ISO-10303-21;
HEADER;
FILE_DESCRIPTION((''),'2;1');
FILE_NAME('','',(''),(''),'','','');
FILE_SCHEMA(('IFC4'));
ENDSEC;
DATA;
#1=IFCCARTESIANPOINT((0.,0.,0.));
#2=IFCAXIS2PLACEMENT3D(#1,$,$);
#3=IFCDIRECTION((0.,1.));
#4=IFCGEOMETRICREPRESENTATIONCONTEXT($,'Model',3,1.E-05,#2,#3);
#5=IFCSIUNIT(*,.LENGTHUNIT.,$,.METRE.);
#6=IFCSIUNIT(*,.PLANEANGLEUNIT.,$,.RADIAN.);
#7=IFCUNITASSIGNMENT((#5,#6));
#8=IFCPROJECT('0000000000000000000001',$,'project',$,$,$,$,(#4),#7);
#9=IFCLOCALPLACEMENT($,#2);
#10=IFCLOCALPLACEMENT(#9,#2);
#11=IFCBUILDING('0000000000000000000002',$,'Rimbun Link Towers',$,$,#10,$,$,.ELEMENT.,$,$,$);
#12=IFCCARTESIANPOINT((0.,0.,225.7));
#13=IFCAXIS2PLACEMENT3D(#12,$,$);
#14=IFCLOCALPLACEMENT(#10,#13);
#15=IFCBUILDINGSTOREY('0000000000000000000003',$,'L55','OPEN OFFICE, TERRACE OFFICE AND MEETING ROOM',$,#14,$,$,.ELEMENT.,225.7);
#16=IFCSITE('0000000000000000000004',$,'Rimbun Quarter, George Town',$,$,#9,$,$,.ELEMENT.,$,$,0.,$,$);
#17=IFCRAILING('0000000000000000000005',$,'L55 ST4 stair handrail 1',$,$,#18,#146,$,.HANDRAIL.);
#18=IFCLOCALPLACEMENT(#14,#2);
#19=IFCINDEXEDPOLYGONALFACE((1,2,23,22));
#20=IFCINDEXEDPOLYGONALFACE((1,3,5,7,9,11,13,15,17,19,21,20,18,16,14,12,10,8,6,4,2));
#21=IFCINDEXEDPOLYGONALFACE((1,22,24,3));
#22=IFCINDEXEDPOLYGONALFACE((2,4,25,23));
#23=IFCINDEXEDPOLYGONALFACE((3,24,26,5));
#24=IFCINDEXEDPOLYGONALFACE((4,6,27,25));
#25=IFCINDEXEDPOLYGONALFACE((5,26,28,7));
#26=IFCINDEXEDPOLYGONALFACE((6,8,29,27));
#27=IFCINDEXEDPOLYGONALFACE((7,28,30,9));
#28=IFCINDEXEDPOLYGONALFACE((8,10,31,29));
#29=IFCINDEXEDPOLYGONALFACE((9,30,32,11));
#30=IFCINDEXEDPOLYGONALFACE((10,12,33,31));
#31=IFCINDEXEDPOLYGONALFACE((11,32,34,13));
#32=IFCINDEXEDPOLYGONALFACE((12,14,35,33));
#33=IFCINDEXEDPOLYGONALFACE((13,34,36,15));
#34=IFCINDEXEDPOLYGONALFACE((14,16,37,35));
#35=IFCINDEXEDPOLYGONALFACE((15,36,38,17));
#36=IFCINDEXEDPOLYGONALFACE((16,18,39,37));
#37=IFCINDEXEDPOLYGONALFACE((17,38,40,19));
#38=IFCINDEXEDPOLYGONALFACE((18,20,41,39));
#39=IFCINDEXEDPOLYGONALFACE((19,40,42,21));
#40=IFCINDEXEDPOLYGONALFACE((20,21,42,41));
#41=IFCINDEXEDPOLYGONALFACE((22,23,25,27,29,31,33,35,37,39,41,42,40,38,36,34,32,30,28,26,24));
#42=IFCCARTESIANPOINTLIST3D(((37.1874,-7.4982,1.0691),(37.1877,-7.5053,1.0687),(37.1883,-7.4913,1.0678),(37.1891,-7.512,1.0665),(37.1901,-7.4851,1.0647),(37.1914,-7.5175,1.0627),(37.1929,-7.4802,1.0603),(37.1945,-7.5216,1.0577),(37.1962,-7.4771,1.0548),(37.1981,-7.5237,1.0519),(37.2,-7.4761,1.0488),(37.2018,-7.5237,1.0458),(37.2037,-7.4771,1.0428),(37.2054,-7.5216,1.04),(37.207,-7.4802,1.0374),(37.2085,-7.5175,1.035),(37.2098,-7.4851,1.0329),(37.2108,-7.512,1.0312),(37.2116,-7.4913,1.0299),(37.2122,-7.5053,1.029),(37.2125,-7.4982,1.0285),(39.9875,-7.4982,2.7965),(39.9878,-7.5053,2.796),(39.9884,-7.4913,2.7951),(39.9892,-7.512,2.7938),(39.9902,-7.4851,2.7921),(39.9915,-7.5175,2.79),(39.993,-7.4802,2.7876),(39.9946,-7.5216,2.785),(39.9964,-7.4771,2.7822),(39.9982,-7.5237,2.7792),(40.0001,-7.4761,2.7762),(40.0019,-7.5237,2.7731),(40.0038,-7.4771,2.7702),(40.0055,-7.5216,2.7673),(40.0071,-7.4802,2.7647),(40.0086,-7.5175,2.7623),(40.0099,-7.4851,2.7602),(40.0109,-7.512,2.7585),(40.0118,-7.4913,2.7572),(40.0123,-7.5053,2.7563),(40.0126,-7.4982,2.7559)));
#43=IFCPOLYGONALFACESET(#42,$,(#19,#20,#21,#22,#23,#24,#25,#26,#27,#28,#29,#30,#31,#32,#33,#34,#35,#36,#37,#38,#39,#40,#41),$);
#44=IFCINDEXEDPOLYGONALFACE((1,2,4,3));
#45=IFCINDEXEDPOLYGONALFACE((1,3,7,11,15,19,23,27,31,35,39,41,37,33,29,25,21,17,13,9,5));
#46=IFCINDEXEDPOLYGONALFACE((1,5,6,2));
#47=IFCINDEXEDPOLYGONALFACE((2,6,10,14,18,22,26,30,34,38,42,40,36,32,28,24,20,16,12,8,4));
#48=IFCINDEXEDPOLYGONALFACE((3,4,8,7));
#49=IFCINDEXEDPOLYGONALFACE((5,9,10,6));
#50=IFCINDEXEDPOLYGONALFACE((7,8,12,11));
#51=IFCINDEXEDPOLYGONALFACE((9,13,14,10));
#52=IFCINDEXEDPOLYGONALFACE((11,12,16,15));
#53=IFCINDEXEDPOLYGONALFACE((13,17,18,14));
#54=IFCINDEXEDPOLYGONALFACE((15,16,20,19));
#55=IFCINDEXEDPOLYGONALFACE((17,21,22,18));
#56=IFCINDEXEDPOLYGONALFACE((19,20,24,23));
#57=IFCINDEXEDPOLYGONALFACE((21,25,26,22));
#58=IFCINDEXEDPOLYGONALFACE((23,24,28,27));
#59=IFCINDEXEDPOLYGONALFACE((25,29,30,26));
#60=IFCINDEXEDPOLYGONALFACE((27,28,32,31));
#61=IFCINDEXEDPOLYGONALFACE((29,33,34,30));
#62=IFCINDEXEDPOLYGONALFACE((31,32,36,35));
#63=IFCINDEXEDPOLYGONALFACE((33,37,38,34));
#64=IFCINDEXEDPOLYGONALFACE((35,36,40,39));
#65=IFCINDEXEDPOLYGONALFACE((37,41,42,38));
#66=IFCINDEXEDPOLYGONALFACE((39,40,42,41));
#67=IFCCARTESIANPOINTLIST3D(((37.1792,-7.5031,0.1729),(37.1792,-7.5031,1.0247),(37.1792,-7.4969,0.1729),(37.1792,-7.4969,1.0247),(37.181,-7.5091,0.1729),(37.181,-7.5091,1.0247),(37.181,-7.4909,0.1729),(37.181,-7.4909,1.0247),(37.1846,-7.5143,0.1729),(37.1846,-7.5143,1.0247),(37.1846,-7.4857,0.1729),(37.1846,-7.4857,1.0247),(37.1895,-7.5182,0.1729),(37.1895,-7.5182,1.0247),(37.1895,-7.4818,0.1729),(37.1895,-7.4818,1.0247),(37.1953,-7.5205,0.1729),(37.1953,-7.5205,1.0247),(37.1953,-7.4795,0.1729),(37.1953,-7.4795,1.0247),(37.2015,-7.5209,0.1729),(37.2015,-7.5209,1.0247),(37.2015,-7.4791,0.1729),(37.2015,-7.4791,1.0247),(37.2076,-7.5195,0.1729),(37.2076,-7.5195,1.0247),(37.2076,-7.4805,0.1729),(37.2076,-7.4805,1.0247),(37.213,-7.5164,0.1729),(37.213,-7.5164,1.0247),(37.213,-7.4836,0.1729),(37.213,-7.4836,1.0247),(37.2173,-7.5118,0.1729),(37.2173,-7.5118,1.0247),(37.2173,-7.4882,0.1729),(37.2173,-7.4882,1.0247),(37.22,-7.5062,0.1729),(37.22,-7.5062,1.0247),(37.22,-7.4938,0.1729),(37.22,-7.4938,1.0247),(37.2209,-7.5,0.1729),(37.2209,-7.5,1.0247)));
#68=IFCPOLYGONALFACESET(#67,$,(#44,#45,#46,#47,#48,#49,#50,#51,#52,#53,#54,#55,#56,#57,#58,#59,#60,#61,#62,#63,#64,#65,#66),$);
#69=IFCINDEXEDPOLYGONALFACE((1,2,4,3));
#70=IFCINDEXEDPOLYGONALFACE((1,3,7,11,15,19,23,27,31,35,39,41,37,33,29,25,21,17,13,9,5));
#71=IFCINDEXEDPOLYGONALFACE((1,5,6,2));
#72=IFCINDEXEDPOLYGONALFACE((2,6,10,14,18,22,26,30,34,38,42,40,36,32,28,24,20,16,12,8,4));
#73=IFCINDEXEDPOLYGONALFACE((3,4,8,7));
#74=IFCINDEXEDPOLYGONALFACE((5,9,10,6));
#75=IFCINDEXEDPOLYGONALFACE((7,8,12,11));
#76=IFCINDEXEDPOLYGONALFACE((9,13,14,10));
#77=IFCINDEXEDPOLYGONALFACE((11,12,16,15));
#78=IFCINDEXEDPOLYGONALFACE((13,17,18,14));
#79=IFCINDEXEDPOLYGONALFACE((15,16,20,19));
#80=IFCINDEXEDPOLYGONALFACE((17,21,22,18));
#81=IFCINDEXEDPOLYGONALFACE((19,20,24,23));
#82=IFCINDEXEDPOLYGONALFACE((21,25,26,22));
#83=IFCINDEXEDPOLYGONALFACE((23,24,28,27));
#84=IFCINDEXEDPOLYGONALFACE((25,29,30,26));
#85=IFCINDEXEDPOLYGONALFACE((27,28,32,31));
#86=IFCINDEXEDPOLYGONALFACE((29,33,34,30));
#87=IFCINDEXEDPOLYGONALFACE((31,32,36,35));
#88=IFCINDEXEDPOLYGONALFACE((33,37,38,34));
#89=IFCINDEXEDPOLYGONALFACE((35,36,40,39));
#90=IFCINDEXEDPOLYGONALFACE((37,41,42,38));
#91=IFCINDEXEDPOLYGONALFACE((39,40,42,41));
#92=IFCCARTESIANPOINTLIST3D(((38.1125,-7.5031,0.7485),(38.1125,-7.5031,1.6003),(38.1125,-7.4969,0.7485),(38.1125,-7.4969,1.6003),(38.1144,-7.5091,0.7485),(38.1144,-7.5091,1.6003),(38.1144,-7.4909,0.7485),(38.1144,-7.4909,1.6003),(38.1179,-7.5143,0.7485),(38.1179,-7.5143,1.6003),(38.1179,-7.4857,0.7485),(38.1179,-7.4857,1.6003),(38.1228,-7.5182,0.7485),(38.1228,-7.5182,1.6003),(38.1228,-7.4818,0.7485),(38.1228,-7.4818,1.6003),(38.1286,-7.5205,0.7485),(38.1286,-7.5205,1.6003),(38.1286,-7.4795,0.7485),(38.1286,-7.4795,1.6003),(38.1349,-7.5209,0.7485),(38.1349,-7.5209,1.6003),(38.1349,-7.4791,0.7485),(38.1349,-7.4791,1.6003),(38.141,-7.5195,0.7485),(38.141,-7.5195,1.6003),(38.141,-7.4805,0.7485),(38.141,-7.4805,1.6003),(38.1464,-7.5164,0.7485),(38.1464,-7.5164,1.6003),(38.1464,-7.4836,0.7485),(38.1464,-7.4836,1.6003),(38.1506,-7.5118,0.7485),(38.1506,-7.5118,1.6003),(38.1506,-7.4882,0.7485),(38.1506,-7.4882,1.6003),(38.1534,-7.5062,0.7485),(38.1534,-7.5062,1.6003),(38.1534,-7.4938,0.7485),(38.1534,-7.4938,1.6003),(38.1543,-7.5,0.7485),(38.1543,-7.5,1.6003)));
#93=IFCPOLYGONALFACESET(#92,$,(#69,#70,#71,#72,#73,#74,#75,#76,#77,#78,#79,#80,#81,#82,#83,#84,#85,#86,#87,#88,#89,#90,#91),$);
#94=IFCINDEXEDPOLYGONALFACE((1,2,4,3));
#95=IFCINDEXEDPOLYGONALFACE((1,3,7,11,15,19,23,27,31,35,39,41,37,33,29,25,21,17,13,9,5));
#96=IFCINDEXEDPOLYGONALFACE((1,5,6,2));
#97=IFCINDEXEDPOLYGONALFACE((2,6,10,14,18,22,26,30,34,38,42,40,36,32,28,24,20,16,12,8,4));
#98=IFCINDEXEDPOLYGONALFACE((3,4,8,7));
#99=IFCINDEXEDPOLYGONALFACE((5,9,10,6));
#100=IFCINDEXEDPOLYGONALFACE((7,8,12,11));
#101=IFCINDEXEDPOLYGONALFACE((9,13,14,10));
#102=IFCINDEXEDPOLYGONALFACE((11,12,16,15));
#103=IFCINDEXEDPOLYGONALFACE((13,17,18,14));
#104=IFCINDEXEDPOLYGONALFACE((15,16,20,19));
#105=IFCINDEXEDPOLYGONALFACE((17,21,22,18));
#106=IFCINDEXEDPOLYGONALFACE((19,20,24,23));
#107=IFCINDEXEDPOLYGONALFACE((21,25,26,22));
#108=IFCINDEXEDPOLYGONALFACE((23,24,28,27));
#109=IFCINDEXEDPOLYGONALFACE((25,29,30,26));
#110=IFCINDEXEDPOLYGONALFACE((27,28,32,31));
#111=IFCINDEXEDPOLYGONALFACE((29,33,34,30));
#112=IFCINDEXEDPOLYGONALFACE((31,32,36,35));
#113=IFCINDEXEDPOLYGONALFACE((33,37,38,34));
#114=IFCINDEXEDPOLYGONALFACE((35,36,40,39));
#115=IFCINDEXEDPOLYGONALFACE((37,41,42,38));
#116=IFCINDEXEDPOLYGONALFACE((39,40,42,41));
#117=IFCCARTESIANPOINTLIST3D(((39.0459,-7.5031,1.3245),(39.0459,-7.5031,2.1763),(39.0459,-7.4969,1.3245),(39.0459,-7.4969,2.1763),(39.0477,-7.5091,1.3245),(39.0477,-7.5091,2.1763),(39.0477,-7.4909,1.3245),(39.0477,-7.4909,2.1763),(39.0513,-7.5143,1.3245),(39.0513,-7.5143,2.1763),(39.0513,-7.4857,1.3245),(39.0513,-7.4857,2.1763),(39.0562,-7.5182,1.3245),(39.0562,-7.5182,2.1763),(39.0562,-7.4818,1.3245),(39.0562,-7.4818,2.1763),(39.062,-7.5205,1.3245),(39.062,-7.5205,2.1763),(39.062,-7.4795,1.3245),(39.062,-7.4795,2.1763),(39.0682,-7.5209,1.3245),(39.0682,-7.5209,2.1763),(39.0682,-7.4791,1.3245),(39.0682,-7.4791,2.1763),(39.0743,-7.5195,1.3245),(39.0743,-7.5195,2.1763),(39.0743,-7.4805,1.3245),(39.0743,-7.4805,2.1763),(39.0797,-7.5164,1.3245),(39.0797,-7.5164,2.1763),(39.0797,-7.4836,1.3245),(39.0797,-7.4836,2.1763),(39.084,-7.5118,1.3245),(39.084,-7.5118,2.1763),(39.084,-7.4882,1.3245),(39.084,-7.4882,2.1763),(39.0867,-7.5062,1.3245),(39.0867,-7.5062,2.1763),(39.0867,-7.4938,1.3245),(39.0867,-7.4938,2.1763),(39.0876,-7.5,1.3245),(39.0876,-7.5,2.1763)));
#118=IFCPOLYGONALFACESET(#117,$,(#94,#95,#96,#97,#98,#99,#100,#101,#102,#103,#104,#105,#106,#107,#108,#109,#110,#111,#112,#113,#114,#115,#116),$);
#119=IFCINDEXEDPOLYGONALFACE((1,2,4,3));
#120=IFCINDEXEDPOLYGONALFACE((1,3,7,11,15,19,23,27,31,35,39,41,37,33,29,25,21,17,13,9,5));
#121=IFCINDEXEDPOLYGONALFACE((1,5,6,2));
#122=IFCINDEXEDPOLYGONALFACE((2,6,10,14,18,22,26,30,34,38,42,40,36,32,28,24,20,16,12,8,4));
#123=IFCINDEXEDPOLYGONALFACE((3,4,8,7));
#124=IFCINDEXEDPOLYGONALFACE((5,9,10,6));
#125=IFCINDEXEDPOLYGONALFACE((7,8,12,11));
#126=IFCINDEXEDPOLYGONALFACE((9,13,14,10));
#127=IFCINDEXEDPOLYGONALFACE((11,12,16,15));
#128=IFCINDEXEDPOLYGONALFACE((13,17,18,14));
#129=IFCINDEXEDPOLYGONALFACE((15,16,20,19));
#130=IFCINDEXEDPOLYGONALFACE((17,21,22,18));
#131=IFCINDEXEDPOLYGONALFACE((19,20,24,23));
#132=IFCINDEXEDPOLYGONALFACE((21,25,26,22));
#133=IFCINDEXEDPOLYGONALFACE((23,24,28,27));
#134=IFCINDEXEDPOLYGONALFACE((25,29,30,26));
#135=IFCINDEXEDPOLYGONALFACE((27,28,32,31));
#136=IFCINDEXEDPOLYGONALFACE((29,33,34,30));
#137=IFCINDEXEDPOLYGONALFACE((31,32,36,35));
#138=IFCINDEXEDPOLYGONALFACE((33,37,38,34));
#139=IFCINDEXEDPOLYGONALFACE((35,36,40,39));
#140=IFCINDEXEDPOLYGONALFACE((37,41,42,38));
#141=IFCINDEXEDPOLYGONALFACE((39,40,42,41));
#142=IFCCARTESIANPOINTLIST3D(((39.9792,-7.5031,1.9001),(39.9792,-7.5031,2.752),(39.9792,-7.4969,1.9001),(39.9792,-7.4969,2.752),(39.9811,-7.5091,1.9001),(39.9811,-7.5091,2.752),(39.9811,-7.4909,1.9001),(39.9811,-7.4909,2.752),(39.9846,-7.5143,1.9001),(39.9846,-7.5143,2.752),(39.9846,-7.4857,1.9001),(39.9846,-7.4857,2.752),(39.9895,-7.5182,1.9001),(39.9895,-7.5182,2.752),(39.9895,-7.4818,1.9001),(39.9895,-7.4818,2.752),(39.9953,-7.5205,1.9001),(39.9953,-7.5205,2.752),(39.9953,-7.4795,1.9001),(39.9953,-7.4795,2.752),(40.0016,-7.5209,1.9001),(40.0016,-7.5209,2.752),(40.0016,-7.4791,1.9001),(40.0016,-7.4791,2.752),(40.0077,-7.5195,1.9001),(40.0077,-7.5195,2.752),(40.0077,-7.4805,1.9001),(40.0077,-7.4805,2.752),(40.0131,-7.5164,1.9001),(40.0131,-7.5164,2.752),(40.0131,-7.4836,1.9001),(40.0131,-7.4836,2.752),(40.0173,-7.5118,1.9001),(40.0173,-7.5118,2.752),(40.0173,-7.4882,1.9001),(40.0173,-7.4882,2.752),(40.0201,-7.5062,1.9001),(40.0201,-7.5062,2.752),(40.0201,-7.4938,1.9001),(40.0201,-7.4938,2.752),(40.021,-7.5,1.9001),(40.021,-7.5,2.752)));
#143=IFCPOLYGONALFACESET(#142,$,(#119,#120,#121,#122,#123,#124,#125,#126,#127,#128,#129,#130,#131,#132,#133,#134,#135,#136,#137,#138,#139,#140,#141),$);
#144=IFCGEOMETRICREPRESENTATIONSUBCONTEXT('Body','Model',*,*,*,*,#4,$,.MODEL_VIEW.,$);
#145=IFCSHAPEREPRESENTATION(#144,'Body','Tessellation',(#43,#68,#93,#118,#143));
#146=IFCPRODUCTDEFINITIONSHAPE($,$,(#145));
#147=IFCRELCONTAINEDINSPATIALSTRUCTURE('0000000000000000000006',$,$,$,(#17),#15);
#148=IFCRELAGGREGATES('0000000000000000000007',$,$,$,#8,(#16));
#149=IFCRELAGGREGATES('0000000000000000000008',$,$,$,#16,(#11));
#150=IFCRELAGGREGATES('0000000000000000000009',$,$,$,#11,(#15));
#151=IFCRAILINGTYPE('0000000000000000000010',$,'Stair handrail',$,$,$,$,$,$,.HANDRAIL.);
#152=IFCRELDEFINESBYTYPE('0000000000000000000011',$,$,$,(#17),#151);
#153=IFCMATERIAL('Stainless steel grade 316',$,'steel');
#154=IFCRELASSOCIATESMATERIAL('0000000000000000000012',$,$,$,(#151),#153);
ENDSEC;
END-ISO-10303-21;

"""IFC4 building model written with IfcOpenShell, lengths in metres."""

from ifc_helpers import new_model, si_unit, direction, frame, origin, origin_2d, place, context, subcontext, project, spatial, circle, extrude, material, type_object, element, save


model = new_model("IFC4")

# Units and contexts
model_context = context("Model", 3, precision=1e-05, world=origin(), true_north=direction((0.0, 1.0)))
body_context = subcontext(model_context, "Body", "Model", "MODEL_VIEW")
ifc_project = project(units=[si_unit("LENGTHUNIT", "METRE"), si_unit("PLANEANGLEUNIT", "RADIAN")], contexts=[model_context])

# Site, building, storey
site_placement = place(None, origin())
site = spatial("IfcSite", under=ifc_project, at=site_placement, Name="Rimbun Quarter, George Town", CompositionType="ELEMENT", RefElevation=0.0)
building_placement = place(site_placement, origin())
building = spatial("IfcBuilding", under=site, at=building_placement, Name="Rimbun Link Towers", CompositionType="ELEMENT")
storey_placement = place(building_placement, frame((0.0, 0.0, 225.7)))
storey = spatial("IfcBuildingStorey", under=building, at=storey_placement, Name="L55", Description="OPEN OFFICE, TERRACE OFFICE AND MEETING ROOM", CompositionType="ELEMENT", Elevation=225.7)

# Railing
ifc_material_1 = material(Name="Stainless steel grade 316", Category="steel")
railing_type_1 = type_object("IfcRailingType", Name="Stair handrail", PredefinedType="HANDRAIL", material=ifc_material_1)
railing_1_placement = place(storey_placement, frame((37.2, -7.5, 0.1729)))
element("IfcRailing", 1, at=railing_1_placement, inside=storey, type_object=railing_type_1, Name="L55 ST4 stair handrail 1", PredefinedType="HANDRAIL", context=body_context, shape_type="SweptSolid", body=[
    extrude(circle(Radius=0.0239, at=origin_2d()), frame((0.0, 0.0, 0.876), z_axis=(0.85109, 0.0, 0.52502), x_axis=(0.0, 1.0, 0.0)), (0.0, 0.0, 1.0), 3.29),
    extrude(circle(Radius=0.021, at=origin_2d()), origin(), (0.0, 0.0, 1.0), 0.8518),
    extrude(circle(Radius=0.021, at=origin_2d()), frame((0.9333, 0.0, 0.5757)), (0.0, 0.0, 1.0), 0.8518),
    extrude(circle(Radius=0.021, at=origin_2d()), frame((1.8667, 0.0, 1.1516)), (0.0, 0.0, 1.0), 0.8518),
    extrude(circle(Radius=0.021, at=origin_2d()), frame((2.8, 0.0, 1.7273)), (0.0, 0.0, 1.0), 0.8518),
])

save(model, "model.ifc")
